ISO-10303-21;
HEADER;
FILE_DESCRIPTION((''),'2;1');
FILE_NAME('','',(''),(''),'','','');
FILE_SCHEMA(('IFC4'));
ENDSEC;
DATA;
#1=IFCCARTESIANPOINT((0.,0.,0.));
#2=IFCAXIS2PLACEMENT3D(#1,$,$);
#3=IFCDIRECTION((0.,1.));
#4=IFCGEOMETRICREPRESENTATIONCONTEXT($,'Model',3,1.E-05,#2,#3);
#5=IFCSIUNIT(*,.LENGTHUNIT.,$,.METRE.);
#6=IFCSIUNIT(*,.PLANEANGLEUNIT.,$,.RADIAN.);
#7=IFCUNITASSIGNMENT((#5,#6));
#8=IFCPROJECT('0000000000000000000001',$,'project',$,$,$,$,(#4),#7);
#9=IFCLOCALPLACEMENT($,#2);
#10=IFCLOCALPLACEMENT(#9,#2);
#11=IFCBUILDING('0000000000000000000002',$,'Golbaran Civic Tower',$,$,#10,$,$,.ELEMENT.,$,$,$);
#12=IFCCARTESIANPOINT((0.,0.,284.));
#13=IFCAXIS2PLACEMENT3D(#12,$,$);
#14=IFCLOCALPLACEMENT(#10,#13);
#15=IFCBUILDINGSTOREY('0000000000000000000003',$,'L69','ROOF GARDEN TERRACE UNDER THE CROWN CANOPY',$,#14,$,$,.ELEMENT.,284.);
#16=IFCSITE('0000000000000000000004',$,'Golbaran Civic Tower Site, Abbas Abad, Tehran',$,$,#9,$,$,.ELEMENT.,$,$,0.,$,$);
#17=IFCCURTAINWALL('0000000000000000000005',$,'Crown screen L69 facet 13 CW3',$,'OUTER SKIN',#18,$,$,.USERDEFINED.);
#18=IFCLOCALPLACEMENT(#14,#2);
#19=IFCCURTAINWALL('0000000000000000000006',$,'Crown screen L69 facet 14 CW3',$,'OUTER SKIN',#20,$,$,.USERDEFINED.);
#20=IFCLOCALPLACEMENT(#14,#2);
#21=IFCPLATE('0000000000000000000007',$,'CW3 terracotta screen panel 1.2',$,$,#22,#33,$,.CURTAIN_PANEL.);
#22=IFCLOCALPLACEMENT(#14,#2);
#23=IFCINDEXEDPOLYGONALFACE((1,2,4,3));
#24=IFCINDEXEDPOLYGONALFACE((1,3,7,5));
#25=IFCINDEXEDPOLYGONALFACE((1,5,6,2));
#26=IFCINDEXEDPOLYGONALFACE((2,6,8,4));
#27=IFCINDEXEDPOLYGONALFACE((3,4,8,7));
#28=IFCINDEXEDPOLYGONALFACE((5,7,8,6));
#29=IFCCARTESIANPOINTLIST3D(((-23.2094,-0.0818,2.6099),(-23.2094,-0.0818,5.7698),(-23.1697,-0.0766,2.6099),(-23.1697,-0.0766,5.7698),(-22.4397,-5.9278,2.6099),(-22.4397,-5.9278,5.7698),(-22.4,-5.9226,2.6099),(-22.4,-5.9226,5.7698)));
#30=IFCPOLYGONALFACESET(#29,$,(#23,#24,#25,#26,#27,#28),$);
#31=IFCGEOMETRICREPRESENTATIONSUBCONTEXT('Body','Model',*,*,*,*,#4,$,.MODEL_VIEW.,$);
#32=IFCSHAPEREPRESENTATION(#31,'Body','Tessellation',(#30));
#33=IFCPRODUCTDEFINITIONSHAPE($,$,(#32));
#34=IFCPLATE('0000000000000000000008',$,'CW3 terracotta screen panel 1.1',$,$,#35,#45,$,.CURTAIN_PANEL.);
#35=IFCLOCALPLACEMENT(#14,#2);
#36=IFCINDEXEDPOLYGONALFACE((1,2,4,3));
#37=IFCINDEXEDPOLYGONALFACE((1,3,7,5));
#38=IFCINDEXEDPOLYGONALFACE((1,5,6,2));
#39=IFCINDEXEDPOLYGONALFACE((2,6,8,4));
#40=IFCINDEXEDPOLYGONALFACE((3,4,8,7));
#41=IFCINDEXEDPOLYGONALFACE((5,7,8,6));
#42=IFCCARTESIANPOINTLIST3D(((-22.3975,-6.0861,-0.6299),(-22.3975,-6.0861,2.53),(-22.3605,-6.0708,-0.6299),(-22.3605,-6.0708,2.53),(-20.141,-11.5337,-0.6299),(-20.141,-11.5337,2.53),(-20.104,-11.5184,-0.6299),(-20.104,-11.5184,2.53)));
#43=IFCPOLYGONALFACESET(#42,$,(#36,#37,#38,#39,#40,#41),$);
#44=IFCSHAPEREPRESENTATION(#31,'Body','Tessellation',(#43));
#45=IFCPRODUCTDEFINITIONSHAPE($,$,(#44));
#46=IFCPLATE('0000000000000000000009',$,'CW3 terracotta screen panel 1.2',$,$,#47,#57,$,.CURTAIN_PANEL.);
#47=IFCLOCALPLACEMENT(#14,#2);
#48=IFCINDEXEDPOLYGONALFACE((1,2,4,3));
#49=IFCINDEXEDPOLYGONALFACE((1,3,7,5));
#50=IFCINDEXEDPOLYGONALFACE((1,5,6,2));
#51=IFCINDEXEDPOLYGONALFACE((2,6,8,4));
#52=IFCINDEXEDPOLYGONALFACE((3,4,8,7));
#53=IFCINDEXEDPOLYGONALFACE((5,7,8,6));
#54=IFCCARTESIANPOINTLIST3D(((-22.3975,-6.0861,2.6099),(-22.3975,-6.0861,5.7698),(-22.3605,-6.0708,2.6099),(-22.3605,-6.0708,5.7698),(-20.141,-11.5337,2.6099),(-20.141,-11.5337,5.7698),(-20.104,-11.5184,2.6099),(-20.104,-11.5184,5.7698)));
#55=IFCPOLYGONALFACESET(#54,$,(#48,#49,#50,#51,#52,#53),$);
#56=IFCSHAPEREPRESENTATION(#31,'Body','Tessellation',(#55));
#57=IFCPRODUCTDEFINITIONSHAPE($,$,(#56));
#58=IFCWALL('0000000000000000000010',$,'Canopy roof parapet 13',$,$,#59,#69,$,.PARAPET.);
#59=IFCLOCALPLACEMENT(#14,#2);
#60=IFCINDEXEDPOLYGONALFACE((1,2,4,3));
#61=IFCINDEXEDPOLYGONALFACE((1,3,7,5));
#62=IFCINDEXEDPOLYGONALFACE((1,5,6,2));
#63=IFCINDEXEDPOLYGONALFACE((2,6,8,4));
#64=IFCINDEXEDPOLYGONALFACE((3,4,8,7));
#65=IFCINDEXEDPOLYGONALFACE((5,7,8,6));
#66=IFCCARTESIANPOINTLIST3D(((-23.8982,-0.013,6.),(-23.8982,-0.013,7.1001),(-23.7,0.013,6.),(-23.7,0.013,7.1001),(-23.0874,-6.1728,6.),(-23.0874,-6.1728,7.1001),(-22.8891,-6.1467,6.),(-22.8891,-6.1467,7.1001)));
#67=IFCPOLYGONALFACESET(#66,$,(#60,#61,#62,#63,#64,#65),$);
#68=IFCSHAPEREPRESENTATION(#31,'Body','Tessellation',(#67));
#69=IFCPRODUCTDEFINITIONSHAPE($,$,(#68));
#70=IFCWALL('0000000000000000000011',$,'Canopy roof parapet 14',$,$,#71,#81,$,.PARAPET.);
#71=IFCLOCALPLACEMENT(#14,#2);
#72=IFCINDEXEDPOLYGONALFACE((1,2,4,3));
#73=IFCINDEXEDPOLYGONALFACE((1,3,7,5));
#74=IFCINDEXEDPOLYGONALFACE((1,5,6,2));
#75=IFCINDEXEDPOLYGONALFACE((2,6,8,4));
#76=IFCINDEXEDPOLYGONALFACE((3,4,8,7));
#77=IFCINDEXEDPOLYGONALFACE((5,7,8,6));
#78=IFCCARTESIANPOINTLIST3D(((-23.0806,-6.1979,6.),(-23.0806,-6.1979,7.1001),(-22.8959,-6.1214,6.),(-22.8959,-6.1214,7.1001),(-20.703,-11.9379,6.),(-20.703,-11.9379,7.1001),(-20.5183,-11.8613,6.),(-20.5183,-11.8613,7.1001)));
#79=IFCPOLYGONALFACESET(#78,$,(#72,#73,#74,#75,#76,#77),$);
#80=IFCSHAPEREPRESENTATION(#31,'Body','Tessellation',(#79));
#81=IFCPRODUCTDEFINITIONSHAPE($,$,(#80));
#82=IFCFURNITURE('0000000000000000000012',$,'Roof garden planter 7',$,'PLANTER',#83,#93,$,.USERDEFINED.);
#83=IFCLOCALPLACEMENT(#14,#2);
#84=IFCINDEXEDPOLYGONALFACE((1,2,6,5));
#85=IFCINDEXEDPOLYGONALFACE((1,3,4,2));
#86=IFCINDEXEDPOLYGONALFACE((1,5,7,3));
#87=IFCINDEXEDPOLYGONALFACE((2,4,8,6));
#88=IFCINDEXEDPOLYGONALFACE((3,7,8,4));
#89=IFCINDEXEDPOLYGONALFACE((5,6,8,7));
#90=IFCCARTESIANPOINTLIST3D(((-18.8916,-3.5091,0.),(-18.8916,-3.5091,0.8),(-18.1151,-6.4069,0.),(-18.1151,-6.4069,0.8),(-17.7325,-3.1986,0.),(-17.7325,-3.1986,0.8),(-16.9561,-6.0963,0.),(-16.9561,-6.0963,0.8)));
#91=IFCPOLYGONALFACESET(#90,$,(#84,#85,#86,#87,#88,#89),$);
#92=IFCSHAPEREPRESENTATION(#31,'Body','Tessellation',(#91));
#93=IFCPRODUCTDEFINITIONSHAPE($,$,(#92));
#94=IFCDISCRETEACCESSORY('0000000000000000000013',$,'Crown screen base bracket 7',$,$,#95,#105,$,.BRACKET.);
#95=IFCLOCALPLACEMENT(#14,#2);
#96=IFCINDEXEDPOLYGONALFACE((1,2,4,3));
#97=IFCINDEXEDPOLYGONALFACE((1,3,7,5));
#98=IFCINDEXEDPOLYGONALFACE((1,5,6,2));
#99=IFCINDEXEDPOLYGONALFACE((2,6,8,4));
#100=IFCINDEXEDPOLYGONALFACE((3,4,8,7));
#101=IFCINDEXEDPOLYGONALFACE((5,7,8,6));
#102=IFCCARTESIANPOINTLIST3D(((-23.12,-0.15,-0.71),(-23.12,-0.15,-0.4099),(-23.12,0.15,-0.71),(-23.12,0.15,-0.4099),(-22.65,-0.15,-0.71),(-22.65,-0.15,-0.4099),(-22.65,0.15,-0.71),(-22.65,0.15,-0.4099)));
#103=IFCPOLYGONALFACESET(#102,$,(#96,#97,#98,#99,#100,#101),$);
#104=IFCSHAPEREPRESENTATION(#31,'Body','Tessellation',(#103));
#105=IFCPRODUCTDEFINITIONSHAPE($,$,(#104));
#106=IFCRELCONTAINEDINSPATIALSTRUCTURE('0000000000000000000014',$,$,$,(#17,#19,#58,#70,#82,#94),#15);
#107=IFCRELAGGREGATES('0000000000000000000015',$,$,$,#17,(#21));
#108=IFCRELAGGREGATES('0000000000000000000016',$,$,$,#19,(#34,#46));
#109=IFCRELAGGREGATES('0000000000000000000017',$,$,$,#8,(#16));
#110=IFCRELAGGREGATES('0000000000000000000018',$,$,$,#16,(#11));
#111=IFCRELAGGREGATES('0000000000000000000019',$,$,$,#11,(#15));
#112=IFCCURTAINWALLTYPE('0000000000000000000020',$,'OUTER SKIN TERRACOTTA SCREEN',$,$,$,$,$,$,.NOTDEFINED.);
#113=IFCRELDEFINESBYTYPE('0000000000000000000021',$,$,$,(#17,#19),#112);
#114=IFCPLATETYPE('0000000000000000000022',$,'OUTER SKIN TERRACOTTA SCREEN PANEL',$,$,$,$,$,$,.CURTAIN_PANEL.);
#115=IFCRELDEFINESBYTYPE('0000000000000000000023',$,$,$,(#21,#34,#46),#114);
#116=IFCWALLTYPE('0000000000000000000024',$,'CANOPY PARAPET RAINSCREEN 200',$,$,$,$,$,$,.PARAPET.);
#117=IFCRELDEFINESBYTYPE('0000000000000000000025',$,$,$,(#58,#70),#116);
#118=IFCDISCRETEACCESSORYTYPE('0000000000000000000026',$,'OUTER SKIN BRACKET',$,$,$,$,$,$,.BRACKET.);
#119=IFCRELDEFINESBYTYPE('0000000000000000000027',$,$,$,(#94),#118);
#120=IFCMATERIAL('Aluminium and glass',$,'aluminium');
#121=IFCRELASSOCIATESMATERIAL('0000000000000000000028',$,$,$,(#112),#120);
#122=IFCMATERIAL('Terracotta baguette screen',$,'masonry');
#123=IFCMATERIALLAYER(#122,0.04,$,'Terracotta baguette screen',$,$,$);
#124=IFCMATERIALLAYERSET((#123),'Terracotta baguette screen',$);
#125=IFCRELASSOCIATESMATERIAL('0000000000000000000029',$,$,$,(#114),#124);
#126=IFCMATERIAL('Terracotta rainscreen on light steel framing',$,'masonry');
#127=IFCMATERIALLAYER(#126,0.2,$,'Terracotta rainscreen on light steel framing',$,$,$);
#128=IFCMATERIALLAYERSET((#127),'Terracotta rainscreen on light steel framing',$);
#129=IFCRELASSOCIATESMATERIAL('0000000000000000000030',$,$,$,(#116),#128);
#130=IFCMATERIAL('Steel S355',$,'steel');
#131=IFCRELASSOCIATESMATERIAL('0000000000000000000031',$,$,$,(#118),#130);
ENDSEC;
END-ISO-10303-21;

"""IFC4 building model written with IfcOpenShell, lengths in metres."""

from ifc_helpers import new_model, si_unit, direction, frame, frame_2d, origin, origin_2d, place, context, subcontext, project, spatial, rectangle, extrude, material, layer, layer_set, type_object, element, aggregate, save


model = new_model("IFC4")

# Units and contexts
model_context = context("Model", 3, precision=1e-05, world=origin(), true_north=direction((0.0, 1.0)))
body_context = subcontext(model_context, "Body", "Model", "MODEL_VIEW")
ifc_project = project(units=[si_unit("LENGTHUNIT", "METRE"), si_unit("PLANEANGLEUNIT", "RADIAN")], contexts=[model_context])

# Site, building, storey
site_placement = place(None, origin())
site = spatial("IfcSite", under=ifc_project, at=site_placement, Name="Golbaran Civic Tower Site, Abbas Abad, Tehran", CompositionType="ELEMENT", RefElevation=0.0)
building_placement = place(site_placement, origin())
building = spatial("IfcBuilding", under=site, at=building_placement, Name="Golbaran Civic Tower", CompositionType="ELEMENT")
storey_placement = place(building_placement, frame((0.0, 0.0, 284.0)))
storey = spatial("IfcBuildingStorey", under=building, at=storey_placement, Name="L69", Description="ROOF GARDEN TERRACE UNDER THE CROWN CANOPY", CompositionType="ELEMENT", Elevation=284.0)

# Shared definitions
ifc_material_1 = material(Name="Steel S355", Category="steel")

# Curtain wall
ifc_material_2 = material(Name="Aluminium and glass", Category="aluminium")
curtain_wall_type = type_object("IfcCurtainWallType", Name="OUTER SKIN TERRACOTTA SCREEN", PredefinedType="NOTDEFINED", material=ifc_material_2)
curtain_wall_1_placement = place(storey_placement, origin())
curtain_wall_1 = element("IfcCurtainWall", 1, at=curtain_wall_1_placement, inside=storey, type_object=curtain_wall_type, Name="Crown screen L69 facet 13 CW3", ObjectType="OUTER SKIN", PredefinedType="USERDEFINED")

# Curtain wall
curtain_wall_2_placement = place(storey_placement, origin())
curtain_wall_2 = element("IfcCurtainWall", 2, at=curtain_wall_2_placement, inside=storey, type_object=curtain_wall_type, Name="Crown screen L69 facet 14 CW3", ObjectType="OUTER SKIN", PredefinedType="USERDEFINED")

# Plates
ifc_material_3 = material(Name="Terracotta baguette screen", Category="masonry")
ifc_layer_1 = layer(ifc_material_3, 0.04, Name="Terracotta baguette screen")
ifc_layer_set_1 = layer_set([ifc_layer_1], Name="Terracotta baguette screen")
plate_type = type_object("IfcPlateType", Name="OUTER SKIN TERRACOTTA SCREEN PANEL", PredefinedType="CURTAIN_PANEL", material=ifc_layer_set_1)
plate_1_placement = place(storey_placement, frame((-22.8047, -3.0022, 2.6099), z_axis=(0.0, 0.0, 1.0), x_axis=(0.130526, -0.991445, 0.0)))
plate_1 = element("IfcPlate", 3, at=plate_1_placement, type_object=plate_type, Name="CW3 terracotta screen panel 1.2", PredefinedType="CURTAIN_PANEL", context=body_context, shape_type="SweptSolid", body=[
    extrude(rectangle(XDim=5.8965, YDim=0.04, at=origin_2d()), origin(), (0.0, 0.0, 1.0), 3.1599),
])
aggregate(curtain_wall_1, [plate_1])
plate_2_placement = place(storey_placement, frame((-21.2507, -8.8022, -0.6299), z_axis=(0.0, 0.0, 1.0), x_axis=(0.382683, -0.92388, 0.0)))
plate_2 = element("IfcPlate", 4, at=plate_2_placement, type_object=plate_type, Name="CW3 terracotta screen panel 1.1", PredefinedType="CURTAIN_PANEL", context=body_context, shape_type="SweptSolid", body=[
    extrude(rectangle(XDim=5.8965, YDim=0.04, at=origin_2d()), origin(), (0.0, 0.0, 1.0), 3.1599),
])
plate_3_placement = place(storey_placement, frame((-21.2507, -8.8022, 2.6099), z_axis=(0.0, 0.0, 1.0), x_axis=(0.382683, -0.92388, 0.0)))
plate_3 = element("IfcPlate", 5, at=plate_3_placement, type_object=plate_type, Name="CW3 terracotta screen panel 1.2", PredefinedType="CURTAIN_PANEL", context=body_context, shape_type="SweptSolid", body=[
    extrude(rectangle(XDim=5.8965, YDim=0.04, at=origin_2d()), origin(), (0.0, 0.0, 1.0), 3.1599),
])
aggregate(curtain_wall_2, [plate_2, plate_3])

# Walls
ifc_material_4 = material(Name="Terracotta rainscreen on light steel framing", Category="masonry")
ifc_layer_2 = layer(ifc_material_4, 0.2, Name="Terracotta rainscreen on light steel framing")
ifc_layer_set_2 = layer_set([ifc_layer_2], Name="Terracotta rainscreen on light steel framing")
wall_type = type_object("IfcWallType", Name="CANOPY PARAPET RAINSCREEN 200", PredefinedType="PARAPET", material=ifc_layer_set_2)
for number, where, z_axis, x_axis, name in (
    (6, (-23.7991, 0.0, 6.0), (0.0, 0.0, 1.0), (0.130503, -0.991448, 0.0), "Canopy roof parapet 13"),
    (7, (-22.9883, -6.1597, 6.0), (0.0, 0.0, 1.0), (0.382698, -0.923874, 0.0), "Canopy roof parapet 14"),
):
    element("IfcWall", number, at=place(storey_placement, frame(where, z_axis=z_axis, x_axis=x_axis)), inside=storey, type_object=wall_type, Name=name, PredefinedType="PARAPET", context=body_context, shape_type="SweptSolid", body=[
        extrude(rectangle(XDim=6.2129, YDim=0.2, at=frame_2d((3.1064, 0.0))), origin(), (0.0, 0.0, 1.0), 1.1001),
    ])

# Furniture
furniture_placement = place(storey_placement, frame((-17.9238, -4.8027, 0.0), z_axis=(0.0, 0.0, 1.0), x_axis=(0.258819, -0.965926, 0.0)))
element("IfcFurniture", 8, at=furniture_placement, inside=storey, Name="Roof garden planter 7", ObjectType="PLANTER", PredefinedType="USERDEFINED", context=body_context, shape_type="SweptSolid", body=[
    extrude(rectangle(XDim=3.0, YDim=1.2, at=origin_2d()), origin(), (0.0, 0.0, 1.0), 0.8),
])

# Discrete accessory
discrete_accessory_type = type_object("IfcDiscreteAccessoryType", Name="OUTER SKIN BRACKET", PredefinedType="BRACKET", material=ifc_material_1)
discrete_accessory_placement = place(storey_placement, frame((-22.885, 0.0, -0.71), z_axis=(0.0, 0.0, 1.0), x_axis=(-1.0, 0.0, 0.0)))
element("IfcDiscreteAccessory", 9, at=discrete_accessory_placement, inside=storey, type_object=discrete_accessory_type, Name="Crown screen base bracket 7", PredefinedType="BRACKET", context=body_context, shape_type="SweptSolid", body=[
    extrude(rectangle(XDim=0.47, YDim=0.3, at=origin_2d()), origin(), (0.0, 0.0, 1.0), 0.3),
])

save(model, "model.ifc")
